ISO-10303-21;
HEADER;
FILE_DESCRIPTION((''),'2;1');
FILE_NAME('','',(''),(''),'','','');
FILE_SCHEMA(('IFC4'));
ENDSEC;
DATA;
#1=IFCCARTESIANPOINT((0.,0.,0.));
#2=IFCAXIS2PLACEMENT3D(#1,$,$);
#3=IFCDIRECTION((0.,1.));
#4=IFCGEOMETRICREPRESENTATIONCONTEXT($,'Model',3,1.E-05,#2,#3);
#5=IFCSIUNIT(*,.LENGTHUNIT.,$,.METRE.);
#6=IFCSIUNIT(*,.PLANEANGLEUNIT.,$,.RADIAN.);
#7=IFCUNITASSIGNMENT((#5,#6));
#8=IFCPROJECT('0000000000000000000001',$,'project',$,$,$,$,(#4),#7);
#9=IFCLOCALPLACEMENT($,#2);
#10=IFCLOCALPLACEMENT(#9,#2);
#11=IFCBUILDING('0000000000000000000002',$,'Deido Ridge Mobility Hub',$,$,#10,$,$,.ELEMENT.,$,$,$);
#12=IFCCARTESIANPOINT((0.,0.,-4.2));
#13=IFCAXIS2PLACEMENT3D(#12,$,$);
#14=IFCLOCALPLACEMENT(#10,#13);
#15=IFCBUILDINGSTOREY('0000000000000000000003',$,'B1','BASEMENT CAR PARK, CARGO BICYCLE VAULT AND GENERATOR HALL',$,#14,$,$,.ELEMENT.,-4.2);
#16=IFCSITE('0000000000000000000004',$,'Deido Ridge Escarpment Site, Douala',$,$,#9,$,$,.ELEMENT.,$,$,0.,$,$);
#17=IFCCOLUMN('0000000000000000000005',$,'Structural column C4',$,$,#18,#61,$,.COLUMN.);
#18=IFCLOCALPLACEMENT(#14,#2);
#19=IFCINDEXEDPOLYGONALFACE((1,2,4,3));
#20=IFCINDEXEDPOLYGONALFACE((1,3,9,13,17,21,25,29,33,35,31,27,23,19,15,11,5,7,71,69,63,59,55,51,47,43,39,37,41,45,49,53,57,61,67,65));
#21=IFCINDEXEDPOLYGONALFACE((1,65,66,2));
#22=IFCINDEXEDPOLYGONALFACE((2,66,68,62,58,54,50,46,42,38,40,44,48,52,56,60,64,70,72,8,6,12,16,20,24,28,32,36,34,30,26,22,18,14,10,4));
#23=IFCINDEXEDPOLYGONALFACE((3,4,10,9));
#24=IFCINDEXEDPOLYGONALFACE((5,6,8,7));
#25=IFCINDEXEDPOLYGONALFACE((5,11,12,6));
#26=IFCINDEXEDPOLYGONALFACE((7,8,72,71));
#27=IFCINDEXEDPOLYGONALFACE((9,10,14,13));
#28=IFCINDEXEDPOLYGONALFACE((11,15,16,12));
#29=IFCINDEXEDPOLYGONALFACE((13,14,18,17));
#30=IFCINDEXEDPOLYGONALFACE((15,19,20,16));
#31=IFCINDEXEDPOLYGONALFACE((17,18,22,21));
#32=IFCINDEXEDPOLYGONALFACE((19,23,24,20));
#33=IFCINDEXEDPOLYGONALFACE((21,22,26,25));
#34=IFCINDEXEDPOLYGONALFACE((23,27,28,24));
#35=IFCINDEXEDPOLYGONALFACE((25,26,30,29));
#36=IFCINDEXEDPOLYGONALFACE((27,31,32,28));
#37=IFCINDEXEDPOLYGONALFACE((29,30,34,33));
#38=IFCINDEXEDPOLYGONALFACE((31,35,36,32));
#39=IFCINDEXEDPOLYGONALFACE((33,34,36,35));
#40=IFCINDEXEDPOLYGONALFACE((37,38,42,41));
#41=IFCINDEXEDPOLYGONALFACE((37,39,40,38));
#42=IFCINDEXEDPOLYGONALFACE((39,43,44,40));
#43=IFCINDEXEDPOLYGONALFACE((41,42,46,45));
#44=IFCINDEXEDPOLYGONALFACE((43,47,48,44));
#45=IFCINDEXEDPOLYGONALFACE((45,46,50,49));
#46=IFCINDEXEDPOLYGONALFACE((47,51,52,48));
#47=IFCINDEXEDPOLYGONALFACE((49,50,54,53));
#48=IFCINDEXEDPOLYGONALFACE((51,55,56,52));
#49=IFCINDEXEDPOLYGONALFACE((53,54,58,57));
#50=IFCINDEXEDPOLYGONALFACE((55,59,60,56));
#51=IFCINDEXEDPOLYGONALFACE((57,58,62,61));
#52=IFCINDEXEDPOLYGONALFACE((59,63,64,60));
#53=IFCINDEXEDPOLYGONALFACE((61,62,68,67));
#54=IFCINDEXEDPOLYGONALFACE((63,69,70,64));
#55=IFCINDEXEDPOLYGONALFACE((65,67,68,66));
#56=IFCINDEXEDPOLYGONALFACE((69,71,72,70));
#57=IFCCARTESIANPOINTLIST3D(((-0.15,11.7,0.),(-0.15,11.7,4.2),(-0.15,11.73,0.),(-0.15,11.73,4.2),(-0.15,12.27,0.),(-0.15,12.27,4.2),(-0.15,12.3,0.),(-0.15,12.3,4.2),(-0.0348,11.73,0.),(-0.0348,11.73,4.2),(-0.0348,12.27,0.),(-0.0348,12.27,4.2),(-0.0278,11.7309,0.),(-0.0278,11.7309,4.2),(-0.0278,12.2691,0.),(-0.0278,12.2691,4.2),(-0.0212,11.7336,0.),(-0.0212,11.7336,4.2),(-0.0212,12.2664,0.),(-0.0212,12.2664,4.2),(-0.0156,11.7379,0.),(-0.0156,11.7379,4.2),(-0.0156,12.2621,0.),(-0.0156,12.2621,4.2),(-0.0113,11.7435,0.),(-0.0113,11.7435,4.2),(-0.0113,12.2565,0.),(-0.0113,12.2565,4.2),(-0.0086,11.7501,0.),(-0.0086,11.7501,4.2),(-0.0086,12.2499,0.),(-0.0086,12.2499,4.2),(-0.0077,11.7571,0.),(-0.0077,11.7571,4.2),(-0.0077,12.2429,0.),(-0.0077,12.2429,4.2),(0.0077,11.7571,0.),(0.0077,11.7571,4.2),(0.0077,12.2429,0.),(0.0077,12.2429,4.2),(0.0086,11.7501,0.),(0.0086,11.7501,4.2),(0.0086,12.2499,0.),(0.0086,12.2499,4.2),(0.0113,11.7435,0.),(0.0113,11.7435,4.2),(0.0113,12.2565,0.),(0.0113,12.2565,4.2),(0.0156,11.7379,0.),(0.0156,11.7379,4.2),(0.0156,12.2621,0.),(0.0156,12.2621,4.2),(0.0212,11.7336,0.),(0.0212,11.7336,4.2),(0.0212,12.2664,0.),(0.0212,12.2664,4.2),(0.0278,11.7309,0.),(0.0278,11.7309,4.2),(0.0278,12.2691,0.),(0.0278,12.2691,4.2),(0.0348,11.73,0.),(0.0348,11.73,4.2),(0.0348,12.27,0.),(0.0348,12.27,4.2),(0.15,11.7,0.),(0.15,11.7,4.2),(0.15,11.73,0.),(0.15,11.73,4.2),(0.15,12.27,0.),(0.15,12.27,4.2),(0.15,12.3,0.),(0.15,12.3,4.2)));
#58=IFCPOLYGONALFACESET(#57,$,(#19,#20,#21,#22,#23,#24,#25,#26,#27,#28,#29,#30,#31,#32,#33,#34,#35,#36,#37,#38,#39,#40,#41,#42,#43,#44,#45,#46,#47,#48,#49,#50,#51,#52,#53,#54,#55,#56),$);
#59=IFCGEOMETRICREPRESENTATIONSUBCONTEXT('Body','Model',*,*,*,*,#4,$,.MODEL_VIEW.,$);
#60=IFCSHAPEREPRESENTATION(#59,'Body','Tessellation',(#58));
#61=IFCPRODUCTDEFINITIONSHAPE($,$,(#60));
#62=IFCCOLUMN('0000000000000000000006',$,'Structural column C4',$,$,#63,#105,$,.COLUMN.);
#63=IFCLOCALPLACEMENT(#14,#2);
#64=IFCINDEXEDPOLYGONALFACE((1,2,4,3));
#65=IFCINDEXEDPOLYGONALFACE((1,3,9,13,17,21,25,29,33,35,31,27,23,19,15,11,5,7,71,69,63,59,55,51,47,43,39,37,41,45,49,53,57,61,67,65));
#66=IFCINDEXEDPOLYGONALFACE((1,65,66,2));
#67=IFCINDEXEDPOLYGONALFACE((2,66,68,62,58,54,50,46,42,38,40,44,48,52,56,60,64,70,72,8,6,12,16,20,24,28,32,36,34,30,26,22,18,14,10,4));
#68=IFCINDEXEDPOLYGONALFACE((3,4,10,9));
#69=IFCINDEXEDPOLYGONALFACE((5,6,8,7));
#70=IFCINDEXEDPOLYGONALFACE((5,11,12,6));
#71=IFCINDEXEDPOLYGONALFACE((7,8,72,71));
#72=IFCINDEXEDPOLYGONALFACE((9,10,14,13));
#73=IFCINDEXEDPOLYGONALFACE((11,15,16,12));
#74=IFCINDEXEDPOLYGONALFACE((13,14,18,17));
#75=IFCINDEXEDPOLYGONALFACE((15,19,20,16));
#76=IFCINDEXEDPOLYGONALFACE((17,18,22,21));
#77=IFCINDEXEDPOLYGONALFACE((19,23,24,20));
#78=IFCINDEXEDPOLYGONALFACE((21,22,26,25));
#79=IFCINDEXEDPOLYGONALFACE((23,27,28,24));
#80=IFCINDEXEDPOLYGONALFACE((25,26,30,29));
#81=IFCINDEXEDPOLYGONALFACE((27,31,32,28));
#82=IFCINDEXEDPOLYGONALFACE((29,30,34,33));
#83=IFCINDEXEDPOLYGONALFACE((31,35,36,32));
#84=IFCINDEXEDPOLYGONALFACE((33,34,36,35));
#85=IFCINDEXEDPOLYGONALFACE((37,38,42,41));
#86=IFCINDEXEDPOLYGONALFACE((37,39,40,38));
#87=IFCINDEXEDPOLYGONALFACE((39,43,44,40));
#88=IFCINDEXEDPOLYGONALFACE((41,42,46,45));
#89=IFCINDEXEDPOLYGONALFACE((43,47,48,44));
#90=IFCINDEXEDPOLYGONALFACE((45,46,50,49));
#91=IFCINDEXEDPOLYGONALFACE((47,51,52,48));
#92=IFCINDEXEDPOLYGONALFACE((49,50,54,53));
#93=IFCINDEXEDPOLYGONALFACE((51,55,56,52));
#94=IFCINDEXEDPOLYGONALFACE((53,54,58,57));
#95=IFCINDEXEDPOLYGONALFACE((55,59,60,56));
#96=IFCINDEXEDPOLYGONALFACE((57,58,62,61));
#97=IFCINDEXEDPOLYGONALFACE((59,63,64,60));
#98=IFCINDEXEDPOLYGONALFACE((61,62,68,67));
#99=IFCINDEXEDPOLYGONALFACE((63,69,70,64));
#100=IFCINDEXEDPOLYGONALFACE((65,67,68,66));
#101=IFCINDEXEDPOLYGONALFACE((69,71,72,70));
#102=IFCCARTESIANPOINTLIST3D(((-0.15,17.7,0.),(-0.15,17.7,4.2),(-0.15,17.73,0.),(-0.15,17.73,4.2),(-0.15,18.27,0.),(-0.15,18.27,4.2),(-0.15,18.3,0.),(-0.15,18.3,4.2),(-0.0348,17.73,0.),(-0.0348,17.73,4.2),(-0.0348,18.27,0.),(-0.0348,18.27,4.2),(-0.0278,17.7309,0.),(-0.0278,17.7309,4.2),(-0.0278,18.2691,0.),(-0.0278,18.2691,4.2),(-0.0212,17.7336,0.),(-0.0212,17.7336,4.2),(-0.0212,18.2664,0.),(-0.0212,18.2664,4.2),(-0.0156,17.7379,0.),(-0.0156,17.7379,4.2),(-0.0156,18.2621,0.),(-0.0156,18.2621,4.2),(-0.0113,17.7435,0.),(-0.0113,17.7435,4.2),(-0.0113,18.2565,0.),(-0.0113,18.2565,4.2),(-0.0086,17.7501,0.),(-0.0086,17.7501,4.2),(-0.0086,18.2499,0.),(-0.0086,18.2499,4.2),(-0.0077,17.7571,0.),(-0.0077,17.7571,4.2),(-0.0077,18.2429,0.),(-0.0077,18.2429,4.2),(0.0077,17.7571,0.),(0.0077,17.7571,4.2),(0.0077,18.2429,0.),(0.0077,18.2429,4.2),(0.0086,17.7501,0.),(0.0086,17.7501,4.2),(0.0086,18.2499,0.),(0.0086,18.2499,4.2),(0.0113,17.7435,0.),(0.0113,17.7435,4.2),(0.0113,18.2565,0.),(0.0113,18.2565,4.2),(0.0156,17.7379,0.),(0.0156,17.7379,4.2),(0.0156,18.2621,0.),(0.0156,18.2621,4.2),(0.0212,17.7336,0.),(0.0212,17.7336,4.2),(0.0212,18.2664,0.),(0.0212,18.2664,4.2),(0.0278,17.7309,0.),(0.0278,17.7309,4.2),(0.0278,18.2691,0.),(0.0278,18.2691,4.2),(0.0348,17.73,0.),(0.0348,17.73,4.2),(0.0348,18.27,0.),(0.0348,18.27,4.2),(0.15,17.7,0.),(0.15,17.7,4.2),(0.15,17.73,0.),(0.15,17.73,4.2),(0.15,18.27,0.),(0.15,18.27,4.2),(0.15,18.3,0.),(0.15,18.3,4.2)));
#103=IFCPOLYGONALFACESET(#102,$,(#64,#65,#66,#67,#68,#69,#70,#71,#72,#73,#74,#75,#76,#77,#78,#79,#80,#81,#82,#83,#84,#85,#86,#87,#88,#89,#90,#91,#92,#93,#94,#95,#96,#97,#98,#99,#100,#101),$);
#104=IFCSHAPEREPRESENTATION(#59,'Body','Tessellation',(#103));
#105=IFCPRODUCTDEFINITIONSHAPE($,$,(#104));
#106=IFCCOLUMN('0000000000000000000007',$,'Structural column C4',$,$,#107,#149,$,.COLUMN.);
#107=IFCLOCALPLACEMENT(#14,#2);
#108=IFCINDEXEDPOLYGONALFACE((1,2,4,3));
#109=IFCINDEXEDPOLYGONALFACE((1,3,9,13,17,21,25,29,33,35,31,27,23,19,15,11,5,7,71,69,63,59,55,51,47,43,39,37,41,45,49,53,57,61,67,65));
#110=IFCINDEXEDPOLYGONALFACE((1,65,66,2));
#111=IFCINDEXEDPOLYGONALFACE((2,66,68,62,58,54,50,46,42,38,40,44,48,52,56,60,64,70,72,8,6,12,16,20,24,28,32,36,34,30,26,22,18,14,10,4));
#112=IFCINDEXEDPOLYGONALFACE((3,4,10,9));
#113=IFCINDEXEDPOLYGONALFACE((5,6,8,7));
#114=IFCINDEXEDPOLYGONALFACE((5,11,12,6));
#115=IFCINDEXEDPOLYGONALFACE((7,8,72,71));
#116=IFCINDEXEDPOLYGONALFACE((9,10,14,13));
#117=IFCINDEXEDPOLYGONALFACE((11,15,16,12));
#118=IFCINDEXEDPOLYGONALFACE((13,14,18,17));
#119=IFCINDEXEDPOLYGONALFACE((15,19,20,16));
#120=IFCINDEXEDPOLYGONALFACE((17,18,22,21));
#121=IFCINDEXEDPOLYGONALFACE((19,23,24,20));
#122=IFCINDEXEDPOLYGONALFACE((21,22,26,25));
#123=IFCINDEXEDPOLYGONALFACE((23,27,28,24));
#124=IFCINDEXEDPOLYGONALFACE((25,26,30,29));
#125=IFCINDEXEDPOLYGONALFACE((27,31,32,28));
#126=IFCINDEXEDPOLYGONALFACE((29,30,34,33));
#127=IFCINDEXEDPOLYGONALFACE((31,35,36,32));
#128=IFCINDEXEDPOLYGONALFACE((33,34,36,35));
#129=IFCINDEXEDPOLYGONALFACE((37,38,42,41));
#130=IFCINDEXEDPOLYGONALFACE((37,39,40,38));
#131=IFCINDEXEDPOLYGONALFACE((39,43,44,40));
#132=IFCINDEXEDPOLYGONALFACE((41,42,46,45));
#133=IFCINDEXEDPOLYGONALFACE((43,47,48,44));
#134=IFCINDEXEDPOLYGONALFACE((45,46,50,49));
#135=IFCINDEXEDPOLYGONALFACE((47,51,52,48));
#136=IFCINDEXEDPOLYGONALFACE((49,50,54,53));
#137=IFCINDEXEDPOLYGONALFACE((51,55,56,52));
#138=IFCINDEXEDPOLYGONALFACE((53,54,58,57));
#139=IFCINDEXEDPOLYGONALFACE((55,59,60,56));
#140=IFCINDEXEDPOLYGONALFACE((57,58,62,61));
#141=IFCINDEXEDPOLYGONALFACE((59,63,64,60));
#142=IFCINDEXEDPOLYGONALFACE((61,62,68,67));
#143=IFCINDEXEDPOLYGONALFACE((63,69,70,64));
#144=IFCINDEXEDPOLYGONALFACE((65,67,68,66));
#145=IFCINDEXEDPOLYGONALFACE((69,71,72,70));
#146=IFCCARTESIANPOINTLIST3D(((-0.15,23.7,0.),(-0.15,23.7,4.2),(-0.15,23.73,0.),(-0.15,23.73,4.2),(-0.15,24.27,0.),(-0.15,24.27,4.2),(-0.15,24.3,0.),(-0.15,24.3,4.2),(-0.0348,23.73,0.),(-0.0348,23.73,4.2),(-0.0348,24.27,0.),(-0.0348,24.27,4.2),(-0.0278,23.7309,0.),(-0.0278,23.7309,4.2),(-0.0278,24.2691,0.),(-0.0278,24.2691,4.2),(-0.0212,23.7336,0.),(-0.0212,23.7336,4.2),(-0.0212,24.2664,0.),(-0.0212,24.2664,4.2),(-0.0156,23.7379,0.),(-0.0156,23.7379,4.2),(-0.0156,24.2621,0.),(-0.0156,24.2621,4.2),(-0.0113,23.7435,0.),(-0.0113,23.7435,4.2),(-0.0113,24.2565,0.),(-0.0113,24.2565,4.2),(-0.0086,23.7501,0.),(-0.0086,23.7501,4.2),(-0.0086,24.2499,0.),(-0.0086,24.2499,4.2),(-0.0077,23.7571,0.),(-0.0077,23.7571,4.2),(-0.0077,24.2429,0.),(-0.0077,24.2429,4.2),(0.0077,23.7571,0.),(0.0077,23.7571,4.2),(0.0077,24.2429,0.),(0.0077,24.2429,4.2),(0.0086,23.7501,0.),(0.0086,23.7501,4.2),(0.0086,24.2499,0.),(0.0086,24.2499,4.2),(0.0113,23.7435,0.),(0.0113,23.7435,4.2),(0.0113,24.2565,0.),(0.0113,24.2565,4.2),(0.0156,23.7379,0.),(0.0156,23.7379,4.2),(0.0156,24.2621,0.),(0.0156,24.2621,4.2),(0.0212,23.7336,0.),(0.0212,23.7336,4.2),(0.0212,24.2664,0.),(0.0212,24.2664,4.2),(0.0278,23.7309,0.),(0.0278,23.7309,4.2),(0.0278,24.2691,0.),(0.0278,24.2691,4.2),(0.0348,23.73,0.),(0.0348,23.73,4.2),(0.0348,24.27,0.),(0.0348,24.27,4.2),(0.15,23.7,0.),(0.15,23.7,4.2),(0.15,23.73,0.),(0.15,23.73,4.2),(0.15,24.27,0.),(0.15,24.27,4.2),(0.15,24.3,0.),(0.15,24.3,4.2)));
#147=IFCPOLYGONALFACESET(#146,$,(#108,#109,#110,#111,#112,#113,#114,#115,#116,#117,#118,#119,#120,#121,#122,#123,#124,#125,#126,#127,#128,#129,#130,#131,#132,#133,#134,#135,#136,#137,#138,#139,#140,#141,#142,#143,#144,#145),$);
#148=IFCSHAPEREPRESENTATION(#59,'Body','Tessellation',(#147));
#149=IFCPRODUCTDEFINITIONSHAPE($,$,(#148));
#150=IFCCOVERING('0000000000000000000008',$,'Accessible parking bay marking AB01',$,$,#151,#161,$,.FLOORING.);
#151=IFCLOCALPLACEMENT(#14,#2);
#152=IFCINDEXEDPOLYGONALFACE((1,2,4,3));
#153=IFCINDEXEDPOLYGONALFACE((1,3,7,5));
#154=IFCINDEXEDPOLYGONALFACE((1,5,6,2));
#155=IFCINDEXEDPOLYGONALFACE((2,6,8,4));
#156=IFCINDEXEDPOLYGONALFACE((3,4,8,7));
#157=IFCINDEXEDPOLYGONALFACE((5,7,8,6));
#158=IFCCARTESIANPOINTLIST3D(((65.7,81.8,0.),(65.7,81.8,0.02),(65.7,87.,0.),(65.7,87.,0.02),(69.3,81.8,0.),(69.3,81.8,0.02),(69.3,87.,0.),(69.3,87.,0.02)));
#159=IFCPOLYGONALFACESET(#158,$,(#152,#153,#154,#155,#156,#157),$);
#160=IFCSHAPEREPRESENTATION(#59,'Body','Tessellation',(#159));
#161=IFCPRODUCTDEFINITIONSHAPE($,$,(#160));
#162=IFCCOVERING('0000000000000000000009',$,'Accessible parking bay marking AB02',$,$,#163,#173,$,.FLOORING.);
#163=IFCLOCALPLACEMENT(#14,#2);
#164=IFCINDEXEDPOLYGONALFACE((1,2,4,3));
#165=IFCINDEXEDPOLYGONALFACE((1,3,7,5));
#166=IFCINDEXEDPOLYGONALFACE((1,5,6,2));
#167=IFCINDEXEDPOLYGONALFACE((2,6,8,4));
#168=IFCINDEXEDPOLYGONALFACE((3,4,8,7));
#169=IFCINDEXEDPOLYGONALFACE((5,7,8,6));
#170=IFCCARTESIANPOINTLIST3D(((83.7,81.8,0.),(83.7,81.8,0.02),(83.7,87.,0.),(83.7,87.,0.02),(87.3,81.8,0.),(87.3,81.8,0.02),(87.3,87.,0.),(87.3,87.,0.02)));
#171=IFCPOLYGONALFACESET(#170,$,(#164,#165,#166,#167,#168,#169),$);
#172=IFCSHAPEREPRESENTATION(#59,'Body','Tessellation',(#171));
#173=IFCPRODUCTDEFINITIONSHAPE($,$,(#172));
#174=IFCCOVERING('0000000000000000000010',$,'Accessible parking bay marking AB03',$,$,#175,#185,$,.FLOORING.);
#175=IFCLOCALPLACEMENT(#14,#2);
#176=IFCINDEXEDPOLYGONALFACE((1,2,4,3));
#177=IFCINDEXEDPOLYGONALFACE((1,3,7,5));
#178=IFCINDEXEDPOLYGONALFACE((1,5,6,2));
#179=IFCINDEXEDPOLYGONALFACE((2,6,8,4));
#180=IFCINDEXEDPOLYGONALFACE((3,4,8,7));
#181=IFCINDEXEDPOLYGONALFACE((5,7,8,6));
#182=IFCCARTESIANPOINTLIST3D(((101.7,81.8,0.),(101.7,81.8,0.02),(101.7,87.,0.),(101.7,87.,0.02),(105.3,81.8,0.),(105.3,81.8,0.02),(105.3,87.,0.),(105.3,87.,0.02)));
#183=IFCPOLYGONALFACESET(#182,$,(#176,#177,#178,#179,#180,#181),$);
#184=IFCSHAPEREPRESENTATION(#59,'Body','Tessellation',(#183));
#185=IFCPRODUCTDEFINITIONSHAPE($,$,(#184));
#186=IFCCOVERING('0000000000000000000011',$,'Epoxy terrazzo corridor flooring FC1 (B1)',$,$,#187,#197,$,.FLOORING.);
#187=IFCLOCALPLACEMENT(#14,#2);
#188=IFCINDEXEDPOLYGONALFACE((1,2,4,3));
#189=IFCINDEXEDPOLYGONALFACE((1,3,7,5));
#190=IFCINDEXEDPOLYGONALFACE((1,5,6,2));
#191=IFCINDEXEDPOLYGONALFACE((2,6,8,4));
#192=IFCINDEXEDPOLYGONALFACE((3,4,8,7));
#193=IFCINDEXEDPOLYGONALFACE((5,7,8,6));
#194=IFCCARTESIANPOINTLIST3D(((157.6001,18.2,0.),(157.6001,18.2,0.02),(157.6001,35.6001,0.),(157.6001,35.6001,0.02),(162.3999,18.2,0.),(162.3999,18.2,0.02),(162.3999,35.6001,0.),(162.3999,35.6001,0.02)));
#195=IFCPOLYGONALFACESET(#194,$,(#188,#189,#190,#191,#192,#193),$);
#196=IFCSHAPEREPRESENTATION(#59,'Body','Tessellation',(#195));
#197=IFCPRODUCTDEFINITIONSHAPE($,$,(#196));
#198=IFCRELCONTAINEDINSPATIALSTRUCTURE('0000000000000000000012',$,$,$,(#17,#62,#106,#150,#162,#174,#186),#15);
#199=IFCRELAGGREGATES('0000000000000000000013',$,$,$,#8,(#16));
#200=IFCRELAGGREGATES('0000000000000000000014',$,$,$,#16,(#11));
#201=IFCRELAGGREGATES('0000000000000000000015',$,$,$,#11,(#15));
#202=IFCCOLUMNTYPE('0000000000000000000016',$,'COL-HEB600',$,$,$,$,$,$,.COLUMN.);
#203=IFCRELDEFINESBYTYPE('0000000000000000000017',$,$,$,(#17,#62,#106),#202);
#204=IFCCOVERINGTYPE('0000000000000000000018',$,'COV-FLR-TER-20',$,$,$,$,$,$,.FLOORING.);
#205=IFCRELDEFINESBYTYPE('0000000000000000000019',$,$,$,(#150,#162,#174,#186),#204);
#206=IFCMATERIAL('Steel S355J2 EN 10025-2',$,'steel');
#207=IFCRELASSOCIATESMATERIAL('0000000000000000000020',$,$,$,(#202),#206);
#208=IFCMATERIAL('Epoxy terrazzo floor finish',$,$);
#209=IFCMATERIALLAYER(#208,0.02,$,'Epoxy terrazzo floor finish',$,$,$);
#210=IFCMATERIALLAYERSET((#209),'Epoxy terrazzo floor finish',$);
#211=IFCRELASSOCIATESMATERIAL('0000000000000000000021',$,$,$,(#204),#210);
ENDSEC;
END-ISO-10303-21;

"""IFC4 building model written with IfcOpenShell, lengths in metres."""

from ifc_helpers import new_model, si_unit, direction, frame, origin, origin_2d, place, context, subcontext, project, spatial, polyline, i_section, outline, extrude, material, layer, layer_set, material_profile, profile_set, type_object, element, save


model = new_model("IFC4")

# Units and contexts
model_context = context("Model", 3, precision=1e-05, world=origin(), true_north=direction((0.0, 1.0)))
body_context = subcontext(model_context, "Body", "Model", "MODEL_VIEW")
ifc_project = project(units=[si_unit("LENGTHUNIT", "METRE"), si_unit("PLANEANGLEUNIT", "RADIAN")], contexts=[model_context])

# Site, building, storey
site_placement = place(None, origin())
site = spatial("IfcSite", under=ifc_project, at=site_placement, Name="Deido Ridge Escarpment Site, Douala", CompositionType="ELEMENT", RefElevation=0.0)
building_placement = place(site_placement, origin())
building = spatial("IfcBuilding", under=site, at=building_placement, Name="Deido Ridge Mobility Hub", CompositionType="ELEMENT")
storey_placement = place(building_placement, frame((0.0, 0.0, -4.2)))
storey = spatial("IfcBuildingStorey", under=building, at=storey_placement, Name="B1", Description="BASEMENT CAR PARK, CARGO BICYCLE VAULT AND GENERATOR HALL", CompositionType="ELEMENT", Elevation=-4.2)

# Columns
ifc_material_1 = material(Name="Steel S355J2 EN 10025-2", Category="steel")
ifc_material_profile_1 = material_profile(ifc_material_1, i_section(OverallWidth=0.3, OverallDepth=0.6001, WebThickness=0.0154, FlangeThickness=0.03, FilletRadius=0.0271, at=origin_2d()), Name="HEB 600")
ifc_profile_set_1 = profile_set([ifc_material_profile_1], Name="Steel S355J2 EN 10025-2")
column_type = type_object("IfcColumnType", Name="COL-HEB600", PredefinedType="COLUMN", material=ifc_profile_set_1)
for number, where, z_axis, x_axis, name in (
    (1, (0.0, 12.0, 0.0), (0.0, 0.0, 1.0), (1.0, 0.0, 0.0), "Structural column C4"),
    (2, (0.0, 18.0, 0.0), (0.0, 0.0, 1.0), (1.0, 0.0, 0.0), "Structural column C4"),
    (3, (0.0, 24.0, 0.0), (0.0, 0.0, 1.0), (1.0, 0.0, 0.0), "Structural column C4"),
):
    element("IfcColumn", number, at=place(storey_placement, frame(where, z_axis=z_axis, x_axis=x_axis)), inside=storey, type_object=column_type, Name=name, PredefinedType="COLUMN", context=body_context, shape_type="SweptSolid", body=[
        extrude(i_section(OverallWidth=0.3, OverallDepth=0.6001, WebThickness=0.0154, FlangeThickness=0.03, FilletRadius=0.0271, at=origin_2d()), origin(), (0.0, 0.0, 1.0), 4.2),
    ])

# Coverings
ifc_material_2 = material(Name="Epoxy terrazzo floor finish")
ifc_layer = layer(ifc_material_2, 0.02, Name="Epoxy terrazzo floor finish")
ifc_layer_set = layer_set([ifc_layer], Name="Epoxy terrazzo floor finish")
covering_type = type_object("IfcCoveringType", Name="COV-FLR-TER-20", PredefinedType="FLOORING", material=ifc_layer_set)
covering_1_placement = place(storey_placement, origin())
element("IfcCovering", 4, at=covering_1_placement, inside=storey, type_object=covering_type, Name="Accessible parking bay marking AB01", PredefinedType="FLOORING", context=body_context, shape_type="SweptSolid", body=[
    extrude(outline(polyline([(65.7, 81.8), (69.3, 81.8), (69.3, 87.0), (65.7, 87.0), (65.7, 81.8)])), origin(), (0.0, 0.0, 1.0), 0.02),
])
covering_2_placement = place(storey_placement, origin())
element("IfcCovering", 5, at=covering_2_placement, inside=storey, type_object=covering_type, Name="Accessible parking bay marking AB02", PredefinedType="FLOORING", context=body_context, shape_type="SweptSolid", body=[
    extrude(outline(polyline([(83.7, 81.8), (87.3, 81.8), (87.3, 87.0), (83.7, 87.0), (83.7, 81.8)])), origin(), (0.0, 0.0, 1.0), 0.02),
])
covering_3_placement = place(storey_placement, origin())
element("IfcCovering", 6, at=covering_3_placement, inside=storey, type_object=covering_type, Name="Accessible parking bay marking AB03", PredefinedType="FLOORING", context=body_context, shape_type="SweptSolid", body=[
    extrude(outline(polyline([(101.7, 81.8), (105.3, 81.8), (105.3, 87.0), (101.7, 87.0), (101.7, 81.8)])), origin(), (0.0, 0.0, 1.0), 0.02),
])
covering_4_placement = place(storey_placement, origin())
element("IfcCovering", 7, at=covering_4_placement, inside=storey, type_object=covering_type, Name="Epoxy terrazzo corridor flooring FC1 (B1)", PredefinedType="FLOORING", context=body_context, shape_type="SweptSolid", body=[
    extrude(outline(polyline([(157.6001, 18.2), (162.3999, 18.2), (162.3999, 35.6001), (157.6001, 35.6001), (157.6001, 18.2)])), origin(), (0.0, 0.0, 1.0), 0.02),
])

save(model, "model.ifc")
